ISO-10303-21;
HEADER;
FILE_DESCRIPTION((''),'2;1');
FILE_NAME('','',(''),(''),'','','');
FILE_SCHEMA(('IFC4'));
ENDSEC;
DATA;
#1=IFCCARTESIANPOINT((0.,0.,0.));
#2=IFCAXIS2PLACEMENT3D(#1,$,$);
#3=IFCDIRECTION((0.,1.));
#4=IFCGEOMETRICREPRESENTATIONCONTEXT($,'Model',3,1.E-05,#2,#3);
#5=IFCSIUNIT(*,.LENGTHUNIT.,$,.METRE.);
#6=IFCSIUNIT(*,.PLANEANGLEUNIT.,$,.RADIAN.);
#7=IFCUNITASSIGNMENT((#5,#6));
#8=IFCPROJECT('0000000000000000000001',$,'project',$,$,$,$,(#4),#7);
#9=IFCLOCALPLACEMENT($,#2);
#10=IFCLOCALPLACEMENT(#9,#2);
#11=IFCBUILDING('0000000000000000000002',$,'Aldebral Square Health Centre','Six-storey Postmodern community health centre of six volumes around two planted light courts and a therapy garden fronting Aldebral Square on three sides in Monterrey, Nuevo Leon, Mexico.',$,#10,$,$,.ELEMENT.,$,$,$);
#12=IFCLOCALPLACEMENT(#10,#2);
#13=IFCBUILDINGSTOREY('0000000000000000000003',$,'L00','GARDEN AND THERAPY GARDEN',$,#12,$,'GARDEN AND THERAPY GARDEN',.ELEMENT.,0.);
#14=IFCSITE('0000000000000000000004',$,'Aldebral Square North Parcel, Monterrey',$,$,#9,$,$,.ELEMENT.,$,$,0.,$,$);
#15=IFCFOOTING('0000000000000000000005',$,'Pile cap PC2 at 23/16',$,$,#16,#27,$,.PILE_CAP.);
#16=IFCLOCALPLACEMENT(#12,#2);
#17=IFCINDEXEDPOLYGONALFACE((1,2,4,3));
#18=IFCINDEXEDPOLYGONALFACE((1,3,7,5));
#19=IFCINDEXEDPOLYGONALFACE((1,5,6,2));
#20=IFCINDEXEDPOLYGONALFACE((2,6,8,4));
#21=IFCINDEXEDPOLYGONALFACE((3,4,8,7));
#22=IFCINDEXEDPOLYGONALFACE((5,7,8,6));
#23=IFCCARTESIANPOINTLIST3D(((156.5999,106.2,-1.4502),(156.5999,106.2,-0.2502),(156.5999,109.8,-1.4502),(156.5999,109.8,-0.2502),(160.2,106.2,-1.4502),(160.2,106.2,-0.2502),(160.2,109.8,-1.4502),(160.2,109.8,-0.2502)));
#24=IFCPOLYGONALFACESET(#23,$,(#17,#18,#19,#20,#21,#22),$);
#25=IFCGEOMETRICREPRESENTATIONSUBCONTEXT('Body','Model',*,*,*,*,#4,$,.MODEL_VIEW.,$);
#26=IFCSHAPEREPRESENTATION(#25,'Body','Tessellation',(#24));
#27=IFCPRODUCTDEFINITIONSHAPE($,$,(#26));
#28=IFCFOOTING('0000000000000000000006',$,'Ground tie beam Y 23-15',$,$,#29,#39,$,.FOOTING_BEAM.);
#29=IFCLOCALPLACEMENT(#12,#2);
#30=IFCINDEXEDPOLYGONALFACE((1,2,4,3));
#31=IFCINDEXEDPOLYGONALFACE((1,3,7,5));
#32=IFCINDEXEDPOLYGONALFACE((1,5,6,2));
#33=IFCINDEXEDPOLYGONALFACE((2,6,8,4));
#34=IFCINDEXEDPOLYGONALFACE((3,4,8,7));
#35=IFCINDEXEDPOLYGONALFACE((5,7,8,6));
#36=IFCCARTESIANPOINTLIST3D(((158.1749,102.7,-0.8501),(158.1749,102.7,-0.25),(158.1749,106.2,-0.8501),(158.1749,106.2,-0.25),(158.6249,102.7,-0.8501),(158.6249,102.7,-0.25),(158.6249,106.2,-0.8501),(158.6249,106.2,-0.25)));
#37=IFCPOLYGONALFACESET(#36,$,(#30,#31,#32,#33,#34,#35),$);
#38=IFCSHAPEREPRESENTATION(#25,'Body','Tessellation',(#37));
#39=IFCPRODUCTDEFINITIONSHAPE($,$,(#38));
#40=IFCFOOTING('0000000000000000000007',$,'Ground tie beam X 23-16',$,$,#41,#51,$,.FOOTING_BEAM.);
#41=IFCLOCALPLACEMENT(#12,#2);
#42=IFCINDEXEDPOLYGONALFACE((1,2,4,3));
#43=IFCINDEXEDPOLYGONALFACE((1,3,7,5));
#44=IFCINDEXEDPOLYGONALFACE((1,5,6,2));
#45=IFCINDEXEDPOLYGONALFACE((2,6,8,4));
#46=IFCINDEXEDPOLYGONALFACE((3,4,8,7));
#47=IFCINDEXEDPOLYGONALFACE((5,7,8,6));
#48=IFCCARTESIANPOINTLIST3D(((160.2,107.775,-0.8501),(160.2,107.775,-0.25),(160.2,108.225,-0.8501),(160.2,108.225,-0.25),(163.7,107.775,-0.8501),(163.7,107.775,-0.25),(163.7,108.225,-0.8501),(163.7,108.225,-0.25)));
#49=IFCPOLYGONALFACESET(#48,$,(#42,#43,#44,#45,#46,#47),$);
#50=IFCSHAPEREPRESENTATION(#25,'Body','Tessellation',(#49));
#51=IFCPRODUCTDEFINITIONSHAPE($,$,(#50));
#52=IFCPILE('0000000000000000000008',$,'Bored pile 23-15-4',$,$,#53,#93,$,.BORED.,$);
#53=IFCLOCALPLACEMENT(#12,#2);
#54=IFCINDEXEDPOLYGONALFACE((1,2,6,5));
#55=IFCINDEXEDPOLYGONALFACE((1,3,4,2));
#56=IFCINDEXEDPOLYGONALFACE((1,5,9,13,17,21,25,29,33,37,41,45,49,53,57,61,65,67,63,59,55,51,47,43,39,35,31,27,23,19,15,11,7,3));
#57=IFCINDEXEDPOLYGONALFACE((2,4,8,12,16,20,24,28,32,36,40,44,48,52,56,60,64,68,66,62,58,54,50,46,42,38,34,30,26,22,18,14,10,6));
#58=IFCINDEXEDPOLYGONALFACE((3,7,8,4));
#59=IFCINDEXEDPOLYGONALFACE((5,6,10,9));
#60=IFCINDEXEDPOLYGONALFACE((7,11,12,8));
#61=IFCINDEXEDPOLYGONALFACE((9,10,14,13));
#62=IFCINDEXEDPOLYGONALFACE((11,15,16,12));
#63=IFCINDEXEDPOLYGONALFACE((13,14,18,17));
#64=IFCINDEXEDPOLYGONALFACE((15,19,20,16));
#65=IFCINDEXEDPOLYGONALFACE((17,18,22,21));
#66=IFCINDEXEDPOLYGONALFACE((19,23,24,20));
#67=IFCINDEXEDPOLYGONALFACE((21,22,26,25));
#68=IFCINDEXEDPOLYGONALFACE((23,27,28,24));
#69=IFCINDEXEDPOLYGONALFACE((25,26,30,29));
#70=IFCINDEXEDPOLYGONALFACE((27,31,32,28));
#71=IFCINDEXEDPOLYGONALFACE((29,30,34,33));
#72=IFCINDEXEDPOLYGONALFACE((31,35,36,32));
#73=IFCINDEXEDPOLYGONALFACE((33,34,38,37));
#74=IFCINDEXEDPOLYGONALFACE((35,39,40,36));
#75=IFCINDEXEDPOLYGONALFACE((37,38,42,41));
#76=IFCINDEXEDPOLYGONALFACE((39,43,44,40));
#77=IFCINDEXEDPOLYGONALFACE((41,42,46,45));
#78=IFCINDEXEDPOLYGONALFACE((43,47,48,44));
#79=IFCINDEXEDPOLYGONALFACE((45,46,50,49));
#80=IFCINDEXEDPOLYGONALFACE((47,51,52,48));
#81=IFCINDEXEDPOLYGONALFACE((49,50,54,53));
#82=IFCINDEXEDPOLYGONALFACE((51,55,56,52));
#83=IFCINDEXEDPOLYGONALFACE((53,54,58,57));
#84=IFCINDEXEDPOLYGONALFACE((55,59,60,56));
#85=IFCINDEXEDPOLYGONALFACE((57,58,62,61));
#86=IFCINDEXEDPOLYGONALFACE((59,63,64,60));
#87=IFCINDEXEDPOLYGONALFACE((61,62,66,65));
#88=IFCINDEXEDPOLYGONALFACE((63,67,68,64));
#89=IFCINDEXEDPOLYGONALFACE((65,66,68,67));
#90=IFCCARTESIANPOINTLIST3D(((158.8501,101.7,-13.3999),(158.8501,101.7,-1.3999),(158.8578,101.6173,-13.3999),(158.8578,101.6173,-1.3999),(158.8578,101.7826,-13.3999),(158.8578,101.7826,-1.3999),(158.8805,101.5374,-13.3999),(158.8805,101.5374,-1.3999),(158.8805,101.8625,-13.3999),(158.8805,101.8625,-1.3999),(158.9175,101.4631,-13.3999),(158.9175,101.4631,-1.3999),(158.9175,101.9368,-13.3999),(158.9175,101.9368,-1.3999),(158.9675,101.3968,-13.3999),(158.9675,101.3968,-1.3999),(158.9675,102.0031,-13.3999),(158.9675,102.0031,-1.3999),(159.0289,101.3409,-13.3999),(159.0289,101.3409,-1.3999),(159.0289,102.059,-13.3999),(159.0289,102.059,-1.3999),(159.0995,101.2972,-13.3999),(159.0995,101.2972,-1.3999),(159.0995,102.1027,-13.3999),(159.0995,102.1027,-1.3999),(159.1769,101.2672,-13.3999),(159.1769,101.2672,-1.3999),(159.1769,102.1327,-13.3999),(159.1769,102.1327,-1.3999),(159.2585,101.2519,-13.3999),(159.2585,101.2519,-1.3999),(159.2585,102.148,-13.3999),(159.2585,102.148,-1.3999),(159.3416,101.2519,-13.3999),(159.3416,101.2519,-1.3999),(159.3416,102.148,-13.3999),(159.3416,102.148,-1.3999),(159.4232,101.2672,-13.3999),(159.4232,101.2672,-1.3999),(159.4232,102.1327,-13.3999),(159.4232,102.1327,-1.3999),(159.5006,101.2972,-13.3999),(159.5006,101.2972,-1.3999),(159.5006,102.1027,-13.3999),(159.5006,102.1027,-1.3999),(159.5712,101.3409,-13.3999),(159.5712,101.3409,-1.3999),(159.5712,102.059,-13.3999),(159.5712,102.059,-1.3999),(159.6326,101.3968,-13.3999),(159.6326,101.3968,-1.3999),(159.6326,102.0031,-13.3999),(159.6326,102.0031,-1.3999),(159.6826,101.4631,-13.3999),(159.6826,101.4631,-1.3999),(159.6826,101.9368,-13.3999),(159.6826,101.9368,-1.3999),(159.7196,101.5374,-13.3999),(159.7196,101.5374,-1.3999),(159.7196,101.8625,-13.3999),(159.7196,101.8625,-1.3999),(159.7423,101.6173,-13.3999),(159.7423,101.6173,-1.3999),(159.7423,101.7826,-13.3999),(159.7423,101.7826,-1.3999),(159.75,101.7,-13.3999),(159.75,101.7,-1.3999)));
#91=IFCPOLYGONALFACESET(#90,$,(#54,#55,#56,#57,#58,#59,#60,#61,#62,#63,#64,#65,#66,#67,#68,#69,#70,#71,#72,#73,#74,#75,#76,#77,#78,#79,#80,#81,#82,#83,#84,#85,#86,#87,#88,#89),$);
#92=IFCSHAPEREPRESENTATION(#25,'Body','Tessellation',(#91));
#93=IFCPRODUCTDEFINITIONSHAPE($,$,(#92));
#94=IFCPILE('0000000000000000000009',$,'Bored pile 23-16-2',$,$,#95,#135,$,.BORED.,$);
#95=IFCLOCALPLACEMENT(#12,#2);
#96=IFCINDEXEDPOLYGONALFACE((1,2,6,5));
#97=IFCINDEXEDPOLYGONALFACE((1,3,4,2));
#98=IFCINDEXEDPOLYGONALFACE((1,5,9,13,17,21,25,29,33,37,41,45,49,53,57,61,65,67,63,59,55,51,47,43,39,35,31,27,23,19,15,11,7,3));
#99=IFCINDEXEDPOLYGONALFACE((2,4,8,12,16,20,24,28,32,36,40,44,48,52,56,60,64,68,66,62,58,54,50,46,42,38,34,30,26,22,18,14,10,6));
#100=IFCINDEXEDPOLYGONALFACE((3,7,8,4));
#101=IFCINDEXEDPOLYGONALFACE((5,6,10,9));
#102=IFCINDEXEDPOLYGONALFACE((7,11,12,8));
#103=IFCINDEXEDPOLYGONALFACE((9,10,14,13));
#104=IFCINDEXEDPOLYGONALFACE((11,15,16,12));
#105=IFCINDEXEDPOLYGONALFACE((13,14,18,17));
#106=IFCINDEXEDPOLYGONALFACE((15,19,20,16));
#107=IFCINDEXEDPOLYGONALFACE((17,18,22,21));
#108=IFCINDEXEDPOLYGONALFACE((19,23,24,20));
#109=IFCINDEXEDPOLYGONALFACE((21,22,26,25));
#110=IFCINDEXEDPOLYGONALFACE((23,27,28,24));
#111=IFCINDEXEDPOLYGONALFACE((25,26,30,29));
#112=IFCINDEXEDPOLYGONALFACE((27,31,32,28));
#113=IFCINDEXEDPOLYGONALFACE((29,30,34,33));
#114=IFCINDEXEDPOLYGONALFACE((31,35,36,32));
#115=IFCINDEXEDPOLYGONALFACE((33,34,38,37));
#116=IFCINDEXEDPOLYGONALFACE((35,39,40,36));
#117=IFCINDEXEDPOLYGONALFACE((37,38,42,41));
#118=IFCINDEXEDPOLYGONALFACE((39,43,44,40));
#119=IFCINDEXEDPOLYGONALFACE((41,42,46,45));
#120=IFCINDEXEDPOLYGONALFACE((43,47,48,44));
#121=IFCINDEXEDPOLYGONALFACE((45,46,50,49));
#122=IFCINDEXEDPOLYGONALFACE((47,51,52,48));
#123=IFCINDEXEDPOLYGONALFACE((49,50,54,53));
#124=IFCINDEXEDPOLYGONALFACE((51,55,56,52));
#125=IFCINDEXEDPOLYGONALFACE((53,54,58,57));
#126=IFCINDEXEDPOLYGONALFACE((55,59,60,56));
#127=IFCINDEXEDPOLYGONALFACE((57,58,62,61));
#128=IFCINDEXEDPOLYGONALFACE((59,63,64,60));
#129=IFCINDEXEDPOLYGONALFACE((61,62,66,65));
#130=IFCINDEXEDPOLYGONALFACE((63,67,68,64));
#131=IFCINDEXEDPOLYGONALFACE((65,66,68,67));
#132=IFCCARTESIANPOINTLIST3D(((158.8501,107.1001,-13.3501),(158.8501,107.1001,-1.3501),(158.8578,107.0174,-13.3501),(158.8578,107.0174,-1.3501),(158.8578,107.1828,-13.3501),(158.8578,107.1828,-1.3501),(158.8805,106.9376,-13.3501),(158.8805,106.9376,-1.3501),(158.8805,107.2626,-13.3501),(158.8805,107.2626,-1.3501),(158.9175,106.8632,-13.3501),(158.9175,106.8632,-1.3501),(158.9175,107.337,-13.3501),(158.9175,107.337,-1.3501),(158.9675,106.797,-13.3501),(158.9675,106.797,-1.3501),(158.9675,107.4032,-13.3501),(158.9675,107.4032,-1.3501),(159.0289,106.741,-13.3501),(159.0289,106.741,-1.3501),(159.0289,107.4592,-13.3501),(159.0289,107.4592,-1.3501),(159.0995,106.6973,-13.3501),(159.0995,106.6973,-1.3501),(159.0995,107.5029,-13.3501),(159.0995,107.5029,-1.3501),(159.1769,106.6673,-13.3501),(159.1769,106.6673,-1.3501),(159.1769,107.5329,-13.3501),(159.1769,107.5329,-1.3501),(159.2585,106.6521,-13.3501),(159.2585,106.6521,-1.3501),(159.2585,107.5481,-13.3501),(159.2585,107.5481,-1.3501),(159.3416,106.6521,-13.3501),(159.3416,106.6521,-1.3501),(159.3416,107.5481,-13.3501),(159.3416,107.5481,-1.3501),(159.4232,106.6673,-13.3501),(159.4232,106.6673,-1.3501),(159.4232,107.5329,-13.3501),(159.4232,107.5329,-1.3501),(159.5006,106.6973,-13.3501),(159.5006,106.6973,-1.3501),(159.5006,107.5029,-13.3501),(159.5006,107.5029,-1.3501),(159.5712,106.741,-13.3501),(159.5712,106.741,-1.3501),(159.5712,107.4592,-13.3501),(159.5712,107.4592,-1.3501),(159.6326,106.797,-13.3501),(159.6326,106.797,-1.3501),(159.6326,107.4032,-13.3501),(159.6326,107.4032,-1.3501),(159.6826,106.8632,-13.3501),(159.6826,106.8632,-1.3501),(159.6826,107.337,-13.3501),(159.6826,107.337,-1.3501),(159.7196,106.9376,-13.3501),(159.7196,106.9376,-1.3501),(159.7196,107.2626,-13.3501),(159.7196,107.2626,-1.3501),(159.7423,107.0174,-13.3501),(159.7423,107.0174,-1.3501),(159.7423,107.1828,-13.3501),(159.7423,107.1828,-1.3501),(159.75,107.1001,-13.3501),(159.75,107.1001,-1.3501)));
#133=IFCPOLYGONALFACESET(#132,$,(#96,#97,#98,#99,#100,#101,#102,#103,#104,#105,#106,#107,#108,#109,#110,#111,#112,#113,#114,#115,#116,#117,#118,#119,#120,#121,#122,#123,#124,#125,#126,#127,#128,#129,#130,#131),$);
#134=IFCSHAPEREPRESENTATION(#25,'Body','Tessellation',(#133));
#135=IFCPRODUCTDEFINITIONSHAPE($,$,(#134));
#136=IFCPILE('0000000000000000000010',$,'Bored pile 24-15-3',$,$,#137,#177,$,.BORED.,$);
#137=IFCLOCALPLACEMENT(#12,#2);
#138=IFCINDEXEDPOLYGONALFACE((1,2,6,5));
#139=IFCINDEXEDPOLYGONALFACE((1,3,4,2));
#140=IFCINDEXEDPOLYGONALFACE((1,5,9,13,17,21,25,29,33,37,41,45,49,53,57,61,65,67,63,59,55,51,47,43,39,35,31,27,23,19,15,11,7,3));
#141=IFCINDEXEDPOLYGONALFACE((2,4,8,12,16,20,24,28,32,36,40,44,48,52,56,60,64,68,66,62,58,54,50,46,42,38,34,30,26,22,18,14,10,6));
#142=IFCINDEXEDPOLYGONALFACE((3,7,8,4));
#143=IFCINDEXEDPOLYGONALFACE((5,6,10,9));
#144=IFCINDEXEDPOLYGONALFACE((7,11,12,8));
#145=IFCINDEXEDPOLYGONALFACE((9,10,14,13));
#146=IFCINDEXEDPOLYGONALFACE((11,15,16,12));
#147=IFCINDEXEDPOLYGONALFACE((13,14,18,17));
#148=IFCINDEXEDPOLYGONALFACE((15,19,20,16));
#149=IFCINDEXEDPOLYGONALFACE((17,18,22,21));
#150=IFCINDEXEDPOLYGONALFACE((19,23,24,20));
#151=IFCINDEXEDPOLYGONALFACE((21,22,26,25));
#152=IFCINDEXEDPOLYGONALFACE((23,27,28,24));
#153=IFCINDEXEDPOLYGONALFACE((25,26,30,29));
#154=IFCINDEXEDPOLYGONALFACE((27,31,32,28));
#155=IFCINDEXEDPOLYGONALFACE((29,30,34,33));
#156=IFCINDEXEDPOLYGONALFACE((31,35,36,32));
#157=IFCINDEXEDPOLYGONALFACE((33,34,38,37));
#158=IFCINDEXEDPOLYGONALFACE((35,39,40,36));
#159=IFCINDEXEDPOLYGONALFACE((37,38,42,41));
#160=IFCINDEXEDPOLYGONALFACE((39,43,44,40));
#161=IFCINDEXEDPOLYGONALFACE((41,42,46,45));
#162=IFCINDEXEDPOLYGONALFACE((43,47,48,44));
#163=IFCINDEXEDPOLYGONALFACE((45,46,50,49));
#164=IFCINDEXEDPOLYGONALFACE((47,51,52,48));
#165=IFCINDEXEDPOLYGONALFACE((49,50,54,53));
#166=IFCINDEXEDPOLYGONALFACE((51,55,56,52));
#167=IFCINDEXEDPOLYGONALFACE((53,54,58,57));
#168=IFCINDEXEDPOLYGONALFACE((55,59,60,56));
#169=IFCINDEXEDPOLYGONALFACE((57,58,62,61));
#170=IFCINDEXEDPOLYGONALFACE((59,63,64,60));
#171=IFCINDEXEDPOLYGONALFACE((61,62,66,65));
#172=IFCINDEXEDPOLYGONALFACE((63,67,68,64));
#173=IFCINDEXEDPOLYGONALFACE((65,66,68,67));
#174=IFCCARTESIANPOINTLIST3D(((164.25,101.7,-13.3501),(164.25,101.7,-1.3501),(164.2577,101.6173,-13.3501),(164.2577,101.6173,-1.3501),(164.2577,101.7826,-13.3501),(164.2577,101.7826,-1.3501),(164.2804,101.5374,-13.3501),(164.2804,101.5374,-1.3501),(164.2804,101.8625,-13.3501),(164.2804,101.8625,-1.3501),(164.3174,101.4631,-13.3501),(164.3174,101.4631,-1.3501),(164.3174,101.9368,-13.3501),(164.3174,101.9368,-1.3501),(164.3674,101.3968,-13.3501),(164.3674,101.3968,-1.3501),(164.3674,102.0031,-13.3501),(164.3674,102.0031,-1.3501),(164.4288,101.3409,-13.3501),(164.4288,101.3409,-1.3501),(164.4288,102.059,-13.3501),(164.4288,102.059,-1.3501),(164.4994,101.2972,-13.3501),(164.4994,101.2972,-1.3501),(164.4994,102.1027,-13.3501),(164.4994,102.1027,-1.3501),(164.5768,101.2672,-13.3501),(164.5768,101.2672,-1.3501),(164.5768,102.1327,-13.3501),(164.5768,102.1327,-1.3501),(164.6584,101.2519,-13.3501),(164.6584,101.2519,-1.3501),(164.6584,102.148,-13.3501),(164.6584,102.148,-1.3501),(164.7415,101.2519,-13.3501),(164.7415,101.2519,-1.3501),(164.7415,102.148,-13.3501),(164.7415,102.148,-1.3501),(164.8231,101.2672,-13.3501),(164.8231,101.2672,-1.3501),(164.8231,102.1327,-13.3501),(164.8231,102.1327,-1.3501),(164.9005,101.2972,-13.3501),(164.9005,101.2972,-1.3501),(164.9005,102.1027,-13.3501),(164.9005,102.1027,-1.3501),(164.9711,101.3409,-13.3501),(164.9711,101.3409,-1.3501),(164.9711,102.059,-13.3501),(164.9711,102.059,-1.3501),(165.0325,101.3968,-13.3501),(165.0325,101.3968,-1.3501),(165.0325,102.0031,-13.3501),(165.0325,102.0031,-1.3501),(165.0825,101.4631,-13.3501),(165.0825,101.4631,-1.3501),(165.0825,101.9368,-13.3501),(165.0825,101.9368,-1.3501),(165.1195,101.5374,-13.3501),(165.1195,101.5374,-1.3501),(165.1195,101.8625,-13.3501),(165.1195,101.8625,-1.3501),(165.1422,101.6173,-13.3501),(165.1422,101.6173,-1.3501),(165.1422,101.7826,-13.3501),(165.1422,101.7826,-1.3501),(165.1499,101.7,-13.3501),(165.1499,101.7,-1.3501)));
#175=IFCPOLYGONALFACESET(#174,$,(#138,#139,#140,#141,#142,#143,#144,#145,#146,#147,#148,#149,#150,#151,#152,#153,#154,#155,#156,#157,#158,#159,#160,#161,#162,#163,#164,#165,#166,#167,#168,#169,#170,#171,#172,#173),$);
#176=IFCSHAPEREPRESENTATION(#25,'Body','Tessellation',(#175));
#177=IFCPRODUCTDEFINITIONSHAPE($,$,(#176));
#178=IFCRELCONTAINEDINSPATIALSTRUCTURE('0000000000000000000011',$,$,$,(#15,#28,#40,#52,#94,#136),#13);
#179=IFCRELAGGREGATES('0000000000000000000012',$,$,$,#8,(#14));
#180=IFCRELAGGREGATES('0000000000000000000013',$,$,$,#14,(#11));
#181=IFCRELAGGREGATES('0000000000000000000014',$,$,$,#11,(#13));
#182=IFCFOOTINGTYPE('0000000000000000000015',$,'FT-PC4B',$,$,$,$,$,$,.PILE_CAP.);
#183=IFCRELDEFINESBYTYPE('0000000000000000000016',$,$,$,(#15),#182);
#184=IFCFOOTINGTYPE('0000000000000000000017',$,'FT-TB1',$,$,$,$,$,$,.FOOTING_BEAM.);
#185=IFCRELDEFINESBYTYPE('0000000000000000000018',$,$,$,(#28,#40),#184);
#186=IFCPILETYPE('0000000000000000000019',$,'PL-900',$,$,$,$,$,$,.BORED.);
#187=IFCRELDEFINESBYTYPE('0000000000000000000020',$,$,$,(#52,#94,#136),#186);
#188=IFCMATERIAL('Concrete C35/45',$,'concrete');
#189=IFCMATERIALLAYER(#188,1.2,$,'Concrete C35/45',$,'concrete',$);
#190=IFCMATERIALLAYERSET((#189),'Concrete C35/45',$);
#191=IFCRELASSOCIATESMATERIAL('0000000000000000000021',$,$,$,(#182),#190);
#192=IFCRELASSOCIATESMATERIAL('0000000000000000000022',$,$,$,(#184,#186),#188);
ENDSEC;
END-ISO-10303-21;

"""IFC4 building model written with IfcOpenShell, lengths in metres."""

from ifc_helpers import new_model, si_unit, direction, frame, origin, origin_2d, place, context, subcontext, project, spatial, rectangle, circle, extrude, material, layer, layer_set, material_profile, profile_set, type_object, element, save


model = new_model("IFC4")

# Units and contexts
model_context = context("Model", 3, precision=1e-05, world=origin(), true_north=direction((0.0, 1.0)))
body_context = subcontext(model_context, "Body", "Model", "MODEL_VIEW")
ifc_project = project(units=[si_unit("LENGTHUNIT", "METRE"), si_unit("PLANEANGLEUNIT", "RADIAN")], contexts=[model_context])

# Site, building, storey
site_placement = place(None, origin())
site = spatial("IfcSite", under=ifc_project, at=site_placement, Name="Aldebral Square North Parcel, Monterrey", CompositionType="ELEMENT", RefElevation=0.0)
building_placement = place(site_placement, origin())
building = spatial("IfcBuilding", under=site, at=building_placement, Name="Aldebral Square Health Centre", Description="Six-storey Postmodern community health centre of six volumes around two planted light courts and a therapy garden fronting Aldebral Square on three sides in Monterrey, Nuevo Leon, Mexico.", CompositionType="ELEMENT")
storey_placement = place(building_placement, origin())
storey = spatial("IfcBuildingStorey", under=building, at=storey_placement, Name="L00", Description="GARDEN AND THERAPY GARDEN", LongName="GARDEN AND THERAPY GARDEN", CompositionType="ELEMENT", Elevation=0.0)

# Footings
ifc_material_1 = material(Name="Concrete C35/45", Category="concrete")
ifc_layer_1 = layer(ifc_material_1, 1.2, Name="Concrete C35/45", Category="concrete")
ifc_layer_set_1 = layer_set([ifc_layer_1], Name="Concrete C35/45")
footing_type_1 = type_object("IfcFootingType", Name="FT-PC4B", PredefinedType="PILE_CAP", material=ifc_layer_set_1)
footing_placement = place(storey_placement, frame((158.3999, 108.0, -1.4502), z_axis=(0.0, 0.0, 1.0), x_axis=(1.0, 0.0, 0.0)))
element("IfcFooting", 1, at=footing_placement, inside=storey, type_object=footing_type_1, Name="Pile cap PC2 at 23/16", PredefinedType="PILE_CAP", context=body_context, shape_type="SweptSolid", body=[
    extrude(rectangle(XDim=3.6001, YDim=3.6001, at=origin_2d()), origin(), (0.0, 0.0, 1.0), 1.2),
])
ifc_material_profile_1 = material_profile(ifc_material_1, rectangle(XDim=0.45, YDim=0.6001, at=origin_2d()), Name="RC 450x600")
ifc_profile_set_1 = profile_set([ifc_material_profile_1], Name="Concrete C35/45")
footing_type_2 = type_object("IfcFootingType", Name="FT-TB1", PredefinedType="FOOTING_BEAM", material=ifc_profile_set_1)
for number, where, z_axis, x_axis, name in (
    (2, (158.3999, 102.7, -0.55), (0.0, 1.0, 0.0), (-1.0, 0.0, 0.0), "Ground tie beam Y 23-15"),
    (3, (160.2, 108.0, -0.55), (1.0, 0.0, 0.0), (0.0, 1.0, 0.0), "Ground tie beam X 23-16"),
):
    element("IfcFooting", number, at=place(storey_placement, frame(where, z_axis=z_axis, x_axis=x_axis)), inside=storey, type_object=footing_type_2, Name=name, PredefinedType="FOOTING_BEAM", context=body_context, shape_type="SweptSolid", body=[
        extrude(rectangle(XDim=0.45, YDim=0.6001, at=origin_2d()), origin(), (0.0, 0.0, 1.0), 3.5),
    ])

# Piles
ifc_material_profile_2 = material_profile(ifc_material_1, circle(Radius=0.45, at=origin_2d()), Name="PILE D900")
ifc_profile_set_2 = profile_set([ifc_material_profile_2], Name="Concrete C35/45")
pile_type = type_object("IfcPileType", Name="PL-900", PredefinedType="BORED", material=ifc_profile_set_2)
for number, where, z_axis, x_axis, name in (
    (4, (159.3, 101.7, -1.3999), (0.0, 0.0, -1.0), (1.0, 0.0, 0.0), "Bored pile 23-15-4"),
    (5, (159.3, 107.1001, -1.3501), (0.0, 0.0, -1.0), (1.0, 0.0, 0.0), "Bored pile 23-16-2"),
    (6, (164.7, 101.7, -1.3501), (0.0, 0.0, -1.0), (1.0, 0.0, 0.0), "Bored pile 24-15-3"),
):
    element("IfcPile", number, at=place(storey_placement, frame(where, z_axis=z_axis, x_axis=x_axis)), inside=storey, type_object=pile_type, Name=name, PredefinedType="BORED", context=body_context, shape_type="SweptSolid", body=[
        extrude(circle(Radius=0.45, at=origin_2d()), origin(), (0.0, 0.0, 1.0), 12.0),
    ])

save(model, "model.ifc")
